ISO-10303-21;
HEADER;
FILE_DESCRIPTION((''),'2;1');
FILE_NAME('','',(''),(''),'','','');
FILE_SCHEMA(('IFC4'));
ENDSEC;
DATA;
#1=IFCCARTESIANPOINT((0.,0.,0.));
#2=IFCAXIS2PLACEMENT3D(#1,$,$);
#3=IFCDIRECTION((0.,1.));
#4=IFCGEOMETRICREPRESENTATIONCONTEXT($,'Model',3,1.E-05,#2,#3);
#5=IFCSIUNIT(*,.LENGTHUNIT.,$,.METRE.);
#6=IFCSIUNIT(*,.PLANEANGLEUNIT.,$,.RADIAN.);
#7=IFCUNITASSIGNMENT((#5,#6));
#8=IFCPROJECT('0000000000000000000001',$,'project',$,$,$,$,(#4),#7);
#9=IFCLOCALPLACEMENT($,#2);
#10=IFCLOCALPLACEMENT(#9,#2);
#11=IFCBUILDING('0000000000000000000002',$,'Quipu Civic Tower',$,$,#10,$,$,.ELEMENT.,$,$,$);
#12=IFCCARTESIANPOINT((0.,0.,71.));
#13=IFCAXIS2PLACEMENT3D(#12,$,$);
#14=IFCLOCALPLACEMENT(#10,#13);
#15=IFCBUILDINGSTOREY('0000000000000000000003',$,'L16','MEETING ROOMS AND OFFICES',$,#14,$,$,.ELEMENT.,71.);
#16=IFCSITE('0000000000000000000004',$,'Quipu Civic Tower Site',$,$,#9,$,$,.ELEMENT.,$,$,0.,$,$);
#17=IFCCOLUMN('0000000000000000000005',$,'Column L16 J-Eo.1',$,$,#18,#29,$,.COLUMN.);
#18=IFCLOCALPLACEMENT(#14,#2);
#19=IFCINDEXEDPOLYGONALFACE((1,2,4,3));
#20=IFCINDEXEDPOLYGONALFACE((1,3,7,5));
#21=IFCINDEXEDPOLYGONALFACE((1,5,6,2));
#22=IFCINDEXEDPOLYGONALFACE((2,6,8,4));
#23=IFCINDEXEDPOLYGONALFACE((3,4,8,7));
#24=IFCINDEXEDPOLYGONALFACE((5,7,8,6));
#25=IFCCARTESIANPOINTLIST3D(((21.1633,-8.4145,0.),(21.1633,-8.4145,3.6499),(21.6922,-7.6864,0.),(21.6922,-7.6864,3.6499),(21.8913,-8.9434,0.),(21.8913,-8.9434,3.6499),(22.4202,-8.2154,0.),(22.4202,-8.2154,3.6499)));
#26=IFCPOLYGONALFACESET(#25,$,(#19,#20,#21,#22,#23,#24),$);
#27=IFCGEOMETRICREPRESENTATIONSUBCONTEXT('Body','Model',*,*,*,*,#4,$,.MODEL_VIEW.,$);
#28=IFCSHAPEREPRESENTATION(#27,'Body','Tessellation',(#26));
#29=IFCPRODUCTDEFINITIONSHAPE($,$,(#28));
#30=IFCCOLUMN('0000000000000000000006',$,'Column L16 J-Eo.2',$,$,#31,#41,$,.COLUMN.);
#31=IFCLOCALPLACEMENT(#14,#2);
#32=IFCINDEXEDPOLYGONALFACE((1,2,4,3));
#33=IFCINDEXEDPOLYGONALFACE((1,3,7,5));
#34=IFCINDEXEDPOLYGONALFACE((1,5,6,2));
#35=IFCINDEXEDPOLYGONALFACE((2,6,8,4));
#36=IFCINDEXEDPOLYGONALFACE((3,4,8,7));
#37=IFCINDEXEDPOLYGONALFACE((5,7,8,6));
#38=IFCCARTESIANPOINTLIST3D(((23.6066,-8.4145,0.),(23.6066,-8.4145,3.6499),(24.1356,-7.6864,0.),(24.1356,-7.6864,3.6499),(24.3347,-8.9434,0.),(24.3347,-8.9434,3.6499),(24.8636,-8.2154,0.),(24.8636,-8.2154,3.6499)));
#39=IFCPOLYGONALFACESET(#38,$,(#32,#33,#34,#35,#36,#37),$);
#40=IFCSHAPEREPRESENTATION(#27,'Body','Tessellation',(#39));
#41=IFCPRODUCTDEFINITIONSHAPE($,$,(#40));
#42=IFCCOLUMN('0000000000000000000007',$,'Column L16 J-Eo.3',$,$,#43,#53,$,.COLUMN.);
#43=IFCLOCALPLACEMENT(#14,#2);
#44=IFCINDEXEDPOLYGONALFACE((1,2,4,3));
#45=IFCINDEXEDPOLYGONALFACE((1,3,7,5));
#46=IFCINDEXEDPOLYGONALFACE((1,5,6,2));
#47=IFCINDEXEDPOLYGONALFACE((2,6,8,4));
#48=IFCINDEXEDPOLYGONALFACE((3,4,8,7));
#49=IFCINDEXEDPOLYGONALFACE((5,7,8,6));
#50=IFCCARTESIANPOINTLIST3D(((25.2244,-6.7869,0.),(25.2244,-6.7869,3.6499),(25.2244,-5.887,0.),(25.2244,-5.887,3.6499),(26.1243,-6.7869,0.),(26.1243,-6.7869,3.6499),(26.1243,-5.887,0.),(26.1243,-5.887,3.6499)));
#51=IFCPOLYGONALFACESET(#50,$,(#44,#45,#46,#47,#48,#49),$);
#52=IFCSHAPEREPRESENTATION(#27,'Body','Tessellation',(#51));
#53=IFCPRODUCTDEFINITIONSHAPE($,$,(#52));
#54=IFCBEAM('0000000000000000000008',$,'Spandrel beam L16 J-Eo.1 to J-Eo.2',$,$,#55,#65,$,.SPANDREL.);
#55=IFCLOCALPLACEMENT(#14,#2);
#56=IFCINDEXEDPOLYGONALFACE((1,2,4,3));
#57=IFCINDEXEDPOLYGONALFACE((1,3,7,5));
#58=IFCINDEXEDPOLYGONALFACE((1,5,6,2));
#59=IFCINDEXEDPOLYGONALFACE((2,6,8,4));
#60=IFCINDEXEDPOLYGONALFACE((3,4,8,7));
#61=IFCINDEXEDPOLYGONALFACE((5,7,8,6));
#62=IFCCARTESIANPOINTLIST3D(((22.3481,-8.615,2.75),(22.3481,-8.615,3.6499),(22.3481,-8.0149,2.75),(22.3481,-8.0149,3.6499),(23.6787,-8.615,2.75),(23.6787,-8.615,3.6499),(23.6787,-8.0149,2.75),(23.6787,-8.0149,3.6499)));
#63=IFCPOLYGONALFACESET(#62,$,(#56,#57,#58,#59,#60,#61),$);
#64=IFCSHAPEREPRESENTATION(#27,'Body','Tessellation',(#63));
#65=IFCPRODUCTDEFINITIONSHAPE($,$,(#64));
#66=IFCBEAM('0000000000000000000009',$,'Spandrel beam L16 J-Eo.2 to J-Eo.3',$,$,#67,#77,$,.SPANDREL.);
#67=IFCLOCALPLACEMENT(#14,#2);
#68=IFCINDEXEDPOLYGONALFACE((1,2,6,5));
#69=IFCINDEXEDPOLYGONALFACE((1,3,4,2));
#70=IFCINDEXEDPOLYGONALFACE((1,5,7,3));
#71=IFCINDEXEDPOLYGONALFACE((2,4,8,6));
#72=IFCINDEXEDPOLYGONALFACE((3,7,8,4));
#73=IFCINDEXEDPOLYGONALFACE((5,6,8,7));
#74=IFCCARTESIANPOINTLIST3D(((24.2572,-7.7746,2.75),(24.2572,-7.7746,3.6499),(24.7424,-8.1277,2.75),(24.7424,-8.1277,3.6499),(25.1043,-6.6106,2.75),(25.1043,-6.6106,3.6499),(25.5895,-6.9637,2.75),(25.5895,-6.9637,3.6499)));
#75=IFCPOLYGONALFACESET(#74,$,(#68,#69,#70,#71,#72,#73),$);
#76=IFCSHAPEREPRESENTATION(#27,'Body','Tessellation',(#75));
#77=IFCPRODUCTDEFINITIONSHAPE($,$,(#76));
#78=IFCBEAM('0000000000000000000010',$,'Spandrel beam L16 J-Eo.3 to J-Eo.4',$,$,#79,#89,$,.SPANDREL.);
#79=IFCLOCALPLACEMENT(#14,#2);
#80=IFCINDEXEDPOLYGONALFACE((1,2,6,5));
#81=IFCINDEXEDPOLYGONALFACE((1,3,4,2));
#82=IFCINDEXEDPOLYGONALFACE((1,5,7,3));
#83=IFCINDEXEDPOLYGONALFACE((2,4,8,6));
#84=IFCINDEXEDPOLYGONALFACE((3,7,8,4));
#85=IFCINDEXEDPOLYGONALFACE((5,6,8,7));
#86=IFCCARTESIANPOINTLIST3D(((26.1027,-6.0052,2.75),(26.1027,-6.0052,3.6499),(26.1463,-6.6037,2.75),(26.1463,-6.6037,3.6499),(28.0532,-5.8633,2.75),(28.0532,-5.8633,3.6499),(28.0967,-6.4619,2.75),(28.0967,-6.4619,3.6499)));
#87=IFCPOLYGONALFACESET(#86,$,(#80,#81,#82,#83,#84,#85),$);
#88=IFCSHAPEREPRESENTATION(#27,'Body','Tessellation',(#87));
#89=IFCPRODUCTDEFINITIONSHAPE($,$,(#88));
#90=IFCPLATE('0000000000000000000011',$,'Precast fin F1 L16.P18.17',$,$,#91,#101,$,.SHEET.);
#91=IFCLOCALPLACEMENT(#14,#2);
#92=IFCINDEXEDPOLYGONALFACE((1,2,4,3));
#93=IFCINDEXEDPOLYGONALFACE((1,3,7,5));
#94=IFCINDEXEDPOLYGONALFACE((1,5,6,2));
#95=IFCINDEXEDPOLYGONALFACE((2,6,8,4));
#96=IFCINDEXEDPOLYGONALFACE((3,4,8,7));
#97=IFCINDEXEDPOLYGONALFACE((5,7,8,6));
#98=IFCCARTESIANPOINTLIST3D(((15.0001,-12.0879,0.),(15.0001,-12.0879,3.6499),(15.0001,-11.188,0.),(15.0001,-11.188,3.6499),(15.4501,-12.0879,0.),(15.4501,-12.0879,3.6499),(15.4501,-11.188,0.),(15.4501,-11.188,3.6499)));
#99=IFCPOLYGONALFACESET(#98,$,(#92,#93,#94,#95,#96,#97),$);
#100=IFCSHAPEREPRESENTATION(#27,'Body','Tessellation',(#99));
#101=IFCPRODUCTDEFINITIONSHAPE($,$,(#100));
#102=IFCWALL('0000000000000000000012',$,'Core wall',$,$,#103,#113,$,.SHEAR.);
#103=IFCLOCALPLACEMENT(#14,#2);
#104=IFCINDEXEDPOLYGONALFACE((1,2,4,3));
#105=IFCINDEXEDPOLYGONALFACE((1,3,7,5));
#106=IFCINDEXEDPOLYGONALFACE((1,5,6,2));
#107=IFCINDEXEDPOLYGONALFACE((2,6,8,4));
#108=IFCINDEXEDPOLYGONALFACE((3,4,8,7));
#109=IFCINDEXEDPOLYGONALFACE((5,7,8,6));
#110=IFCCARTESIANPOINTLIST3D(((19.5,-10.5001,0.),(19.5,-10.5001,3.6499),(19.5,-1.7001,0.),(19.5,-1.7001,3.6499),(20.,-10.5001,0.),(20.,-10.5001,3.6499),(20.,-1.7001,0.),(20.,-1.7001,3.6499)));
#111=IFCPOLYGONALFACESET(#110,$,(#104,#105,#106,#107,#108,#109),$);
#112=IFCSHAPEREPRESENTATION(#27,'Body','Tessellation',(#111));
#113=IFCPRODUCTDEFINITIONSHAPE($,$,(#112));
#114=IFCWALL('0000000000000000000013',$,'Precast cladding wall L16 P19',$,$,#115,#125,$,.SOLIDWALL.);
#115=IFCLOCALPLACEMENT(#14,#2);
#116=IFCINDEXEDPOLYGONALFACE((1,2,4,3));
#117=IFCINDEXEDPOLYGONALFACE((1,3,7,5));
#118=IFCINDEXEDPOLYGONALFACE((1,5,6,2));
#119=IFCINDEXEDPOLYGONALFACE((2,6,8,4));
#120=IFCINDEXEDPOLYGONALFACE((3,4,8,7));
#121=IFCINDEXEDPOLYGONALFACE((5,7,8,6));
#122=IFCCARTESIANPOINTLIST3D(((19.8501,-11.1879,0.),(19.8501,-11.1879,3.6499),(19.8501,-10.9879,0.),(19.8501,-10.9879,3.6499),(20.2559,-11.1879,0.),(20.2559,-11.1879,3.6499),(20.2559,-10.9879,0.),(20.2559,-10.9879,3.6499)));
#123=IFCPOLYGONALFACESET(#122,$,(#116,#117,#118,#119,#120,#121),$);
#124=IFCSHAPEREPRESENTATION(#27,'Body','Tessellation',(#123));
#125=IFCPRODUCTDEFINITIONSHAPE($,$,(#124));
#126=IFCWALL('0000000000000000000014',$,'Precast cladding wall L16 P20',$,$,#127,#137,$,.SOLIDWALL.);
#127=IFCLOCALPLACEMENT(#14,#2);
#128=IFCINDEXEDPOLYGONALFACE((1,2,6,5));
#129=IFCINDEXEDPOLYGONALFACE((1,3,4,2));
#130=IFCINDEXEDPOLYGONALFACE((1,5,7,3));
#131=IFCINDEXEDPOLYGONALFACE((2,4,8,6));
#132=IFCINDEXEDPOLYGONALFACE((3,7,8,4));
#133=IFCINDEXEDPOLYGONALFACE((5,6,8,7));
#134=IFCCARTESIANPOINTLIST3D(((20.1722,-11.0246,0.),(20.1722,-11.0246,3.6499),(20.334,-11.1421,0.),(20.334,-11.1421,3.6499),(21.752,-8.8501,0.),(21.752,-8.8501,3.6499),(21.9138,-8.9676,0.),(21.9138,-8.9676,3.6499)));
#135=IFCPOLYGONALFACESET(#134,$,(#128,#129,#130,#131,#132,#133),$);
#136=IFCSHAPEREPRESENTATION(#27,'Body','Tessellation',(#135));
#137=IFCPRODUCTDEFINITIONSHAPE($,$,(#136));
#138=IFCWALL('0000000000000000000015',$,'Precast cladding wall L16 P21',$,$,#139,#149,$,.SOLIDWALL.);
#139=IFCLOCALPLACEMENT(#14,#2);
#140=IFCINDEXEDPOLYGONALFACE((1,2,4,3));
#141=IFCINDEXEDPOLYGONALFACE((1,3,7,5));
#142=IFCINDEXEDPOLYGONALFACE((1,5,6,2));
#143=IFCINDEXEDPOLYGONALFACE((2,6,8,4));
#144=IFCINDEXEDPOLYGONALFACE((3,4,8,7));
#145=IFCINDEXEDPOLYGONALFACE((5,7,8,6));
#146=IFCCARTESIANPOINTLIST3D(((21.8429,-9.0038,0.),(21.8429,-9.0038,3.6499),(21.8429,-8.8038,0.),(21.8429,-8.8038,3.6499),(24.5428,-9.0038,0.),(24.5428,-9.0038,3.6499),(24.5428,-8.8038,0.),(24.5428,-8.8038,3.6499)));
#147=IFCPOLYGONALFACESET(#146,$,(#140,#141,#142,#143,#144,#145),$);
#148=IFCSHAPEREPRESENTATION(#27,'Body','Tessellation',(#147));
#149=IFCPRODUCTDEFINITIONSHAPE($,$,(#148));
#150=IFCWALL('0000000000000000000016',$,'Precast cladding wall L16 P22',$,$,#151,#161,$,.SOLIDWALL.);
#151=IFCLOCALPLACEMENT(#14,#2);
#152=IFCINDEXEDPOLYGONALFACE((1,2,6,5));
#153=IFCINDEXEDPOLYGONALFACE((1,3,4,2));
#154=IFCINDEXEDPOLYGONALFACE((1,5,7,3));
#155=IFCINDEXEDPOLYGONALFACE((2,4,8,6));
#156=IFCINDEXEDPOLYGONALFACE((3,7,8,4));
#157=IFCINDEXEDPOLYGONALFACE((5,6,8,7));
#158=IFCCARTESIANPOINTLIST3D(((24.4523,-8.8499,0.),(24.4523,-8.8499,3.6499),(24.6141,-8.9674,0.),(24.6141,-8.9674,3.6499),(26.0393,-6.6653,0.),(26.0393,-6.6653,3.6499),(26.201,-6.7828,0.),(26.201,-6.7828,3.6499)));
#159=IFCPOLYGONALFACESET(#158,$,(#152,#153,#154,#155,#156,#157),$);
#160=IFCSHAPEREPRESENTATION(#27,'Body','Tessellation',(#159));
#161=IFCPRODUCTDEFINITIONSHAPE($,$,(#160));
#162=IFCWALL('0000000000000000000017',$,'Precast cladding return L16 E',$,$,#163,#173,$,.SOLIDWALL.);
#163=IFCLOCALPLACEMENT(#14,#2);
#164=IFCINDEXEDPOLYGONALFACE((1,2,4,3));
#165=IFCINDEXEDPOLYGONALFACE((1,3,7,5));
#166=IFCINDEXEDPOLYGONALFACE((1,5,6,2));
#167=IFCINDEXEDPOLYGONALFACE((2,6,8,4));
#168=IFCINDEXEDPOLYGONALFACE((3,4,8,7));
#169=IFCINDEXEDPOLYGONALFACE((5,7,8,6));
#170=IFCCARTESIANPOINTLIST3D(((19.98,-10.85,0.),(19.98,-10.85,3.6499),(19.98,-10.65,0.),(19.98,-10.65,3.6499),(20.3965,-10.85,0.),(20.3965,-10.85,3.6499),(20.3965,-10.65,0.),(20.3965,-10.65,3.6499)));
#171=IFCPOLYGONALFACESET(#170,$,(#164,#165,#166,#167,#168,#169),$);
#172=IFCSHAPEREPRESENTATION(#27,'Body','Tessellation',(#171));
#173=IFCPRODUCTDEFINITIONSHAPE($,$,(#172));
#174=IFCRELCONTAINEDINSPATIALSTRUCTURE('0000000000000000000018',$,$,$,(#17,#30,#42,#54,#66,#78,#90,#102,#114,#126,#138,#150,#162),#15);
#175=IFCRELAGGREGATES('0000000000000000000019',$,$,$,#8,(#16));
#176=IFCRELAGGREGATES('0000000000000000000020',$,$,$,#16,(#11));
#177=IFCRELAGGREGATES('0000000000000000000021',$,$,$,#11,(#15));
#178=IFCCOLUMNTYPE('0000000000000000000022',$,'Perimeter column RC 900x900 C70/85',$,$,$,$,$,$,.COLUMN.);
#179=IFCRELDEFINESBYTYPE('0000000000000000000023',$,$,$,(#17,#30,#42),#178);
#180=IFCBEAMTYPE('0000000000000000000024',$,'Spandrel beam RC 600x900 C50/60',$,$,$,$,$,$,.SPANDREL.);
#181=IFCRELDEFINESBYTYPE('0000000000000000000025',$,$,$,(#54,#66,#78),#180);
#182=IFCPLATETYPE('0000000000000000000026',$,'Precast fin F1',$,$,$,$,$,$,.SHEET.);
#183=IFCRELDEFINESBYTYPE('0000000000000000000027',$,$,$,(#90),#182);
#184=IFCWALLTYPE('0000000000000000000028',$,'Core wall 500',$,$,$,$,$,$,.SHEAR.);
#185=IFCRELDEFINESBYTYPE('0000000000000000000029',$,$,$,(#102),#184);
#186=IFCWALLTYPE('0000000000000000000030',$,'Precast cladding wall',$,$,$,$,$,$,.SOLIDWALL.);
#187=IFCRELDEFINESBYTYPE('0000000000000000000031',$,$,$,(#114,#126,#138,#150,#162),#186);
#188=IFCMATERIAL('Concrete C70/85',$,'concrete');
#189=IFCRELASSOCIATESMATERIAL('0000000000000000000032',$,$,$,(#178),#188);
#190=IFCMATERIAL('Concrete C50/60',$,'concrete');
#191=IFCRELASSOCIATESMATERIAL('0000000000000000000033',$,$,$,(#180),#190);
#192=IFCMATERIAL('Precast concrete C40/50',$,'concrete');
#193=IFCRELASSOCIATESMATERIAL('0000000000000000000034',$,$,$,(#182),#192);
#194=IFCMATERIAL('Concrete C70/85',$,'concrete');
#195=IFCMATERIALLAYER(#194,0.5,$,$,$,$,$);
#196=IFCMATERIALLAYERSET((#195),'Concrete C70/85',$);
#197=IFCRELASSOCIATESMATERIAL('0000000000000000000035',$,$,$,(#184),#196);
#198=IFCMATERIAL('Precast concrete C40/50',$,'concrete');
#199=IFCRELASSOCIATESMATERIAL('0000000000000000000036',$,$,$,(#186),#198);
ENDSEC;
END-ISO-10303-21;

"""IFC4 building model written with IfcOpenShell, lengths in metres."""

from ifc_helpers import new_model, si_unit, direction, frame, frame_2d, origin, origin_2d, place, context, subcontext, project, spatial, rectangle, extrude, material, layer, layer_set, material_profile, profile_set, type_object, element, save


model = new_model("IFC4")

# Units and contexts
model_context = context("Model", 3, precision=1e-05, world=origin(), true_north=direction((0.0, 1.0)))
body_context = subcontext(model_context, "Body", "Model", "MODEL_VIEW")
ifc_project = project(units=[si_unit("LENGTHUNIT", "METRE"), si_unit("PLANEANGLEUNIT", "RADIAN")], contexts=[model_context])

# Site, building, storey
site_placement = place(None, origin())
site = spatial("IfcSite", under=ifc_project, at=site_placement, Name="Quipu Civic Tower Site", CompositionType="ELEMENT", RefElevation=0.0)
building_placement = place(site_placement, origin())
building = spatial("IfcBuilding", under=site, at=building_placement, Name="Quipu Civic Tower", CompositionType="ELEMENT")
storey_placement = place(building_placement, frame((0.0, 0.0, 71.0)))
storey = spatial("IfcBuildingStorey", under=building, at=storey_placement, Name="L16", Description="MEETING ROOMS AND OFFICES", CompositionType="ELEMENT", Elevation=71.0)

# Columns
ifc_material_1 = material(Name="Concrete C70/85", Category="concrete")
ifc_material_profile_1 = material_profile(ifc_material_1, rectangle(XDim=0.8999, YDim=0.8999, at=origin_2d()), Name="RC900x900")
ifc_profile_set_1 = profile_set([ifc_material_profile_1], Name="Concrete C70/85")
column_type = type_object("IfcColumnType", Name="Perimeter column RC 900x900 C70/85", PredefinedType="COLUMN", material=ifc_profile_set_1)
for number, where, z_axis, x_axis, name in (
    (1, (21.7917, -8.3149, 0.0), (0.0, 0.0, 1.0), (0.587785, 0.809017, 0.0), "Column L16 J-Eo.1"),
    (2, (24.2351, -8.3149, 0.0), (0.0, 0.0, 1.0), (0.587785, 0.809017, 0.0), "Column L16 J-Eo.2"),
    (3, (25.6743, -6.3369, 0.0), (0.0, 0.0, 1.0), (1.0, 0.0, 0.0), "Column L16 J-Eo.3"),
):
    element("IfcColumn", number, at=place(storey_placement, frame(where, z_axis=z_axis, x_axis=x_axis)), inside=storey, type_object=column_type, Name=name, PredefinedType="COLUMN", context=body_context, shape_type="SweptSolid", body=[
        extrude(rectangle(XDim=0.8999, YDim=0.8999, at=origin_2d()), origin(), (0.0, 0.0, 1.0), 3.6499),
    ])

# Beams
ifc_material_2 = material(Name="Concrete C50/60", Category="concrete")
ifc_material_profile_2 = material_profile(ifc_material_2, rectangle(XDim=0.6001, YDim=0.8999, at=origin_2d()), Name="RC600x900")
ifc_profile_set_2 = profile_set([ifc_material_profile_2], Name="Concrete C50/60")
beam_type = type_object("IfcBeamType", Name="Spandrel beam RC 600x900 C50/60", PredefinedType="SPANDREL", material=ifc_profile_set_2)
beam_1_placement = place(storey_placement, frame((22.3481, -8.3149, 3.2), z_axis=(1.0, 0.0, 0.0), x_axis=(0.0, 1.0, 0.0)))
element("IfcBeam", 4, at=beam_1_placement, inside=storey, type_object=beam_type, Name="Spandrel beam L16 J-Eo.1 to J-Eo.2", PredefinedType="SPANDREL", context=body_context, shape_type="SweptSolid", body=[
    extrude(rectangle(XDim=0.6001, YDim=0.8999, at=origin_2d()), origin(), (0.0, 0.0, 1.0), 1.3306),
])
beam_2_placement = place(storey_placement, frame((24.4998, -7.9512, 3.2), z_axis=(0.588434, 0.808545, 0.0), x_axis=(-0.808545, 0.588434, 0.0)))
element("IfcBeam", 5, at=beam_2_placement, inside=storey, type_object=beam_type, Name="Spandrel beam L16 J-Eo.2 to J-Eo.3", PredefinedType="SPANDREL", context=body_context, shape_type="SweptSolid", body=[
    extrude(rectangle(XDim=0.6001, YDim=0.8999, at=origin_2d()), origin(), (0.0, 0.0, 1.0), 1.4397),
])
beam_3_placement = place(storey_placement, frame((26.1245, -6.3044, 3.2), z_axis=(0.997366, 0.072533, 0.0), x_axis=(-0.072533, 0.997366, 0.0)))
element("IfcBeam", 6, at=beam_3_placement, inside=storey, type_object=beam_type, Name="Spandrel beam L16 J-Eo.3 to J-Eo.4", PredefinedType="SPANDREL", context=body_context, shape_type="SweptSolid", body=[
    extrude(rectangle(XDim=0.6001, YDim=0.8999, at=origin_2d()), origin(), (0.0, 0.0, 1.0), 1.9556),
])

# Plate
ifc_material_3 = material(Name="Precast concrete C40/50", Category="concrete")
plate_type = type_object("IfcPlateType", Name="Precast fin F1", PredefinedType="SHEET", material=ifc_material_3)
plate_placement = place(storey_placement, frame((15.2251, -11.6379, 0.0), z_axis=(0.0, 0.0, 1.0), x_axis=(1.0, 0.0, 0.0)))
element("IfcPlate", 7, at=plate_placement, inside=storey, type_object=plate_type, Name="Precast fin F1 L16.P18.17", PredefinedType="SHEET", context=body_context, shape_type="SweptSolid", body=[
    extrude(rectangle(XDim=0.45, YDim=0.8999, at=origin_2d()), origin(), (0.0, 0.0, 1.0), 3.6499),
])

# Walls
ifc_material_4 = material(Name="Concrete C70/85", Category="concrete")
ifc_layer = layer(ifc_material_4, 0.5)
ifc_layer_set = layer_set([ifc_layer], Name="Concrete C70/85")
wall_type_1 = type_object("IfcWallType", Name="Core wall 500", PredefinedType="SHEAR", material=ifc_layer_set)
wall_1_placement = place(storey_placement, frame((19.75, -10.5, 0.0), z_axis=(0.0, 0.0, 1.0), x_axis=(0.0, 1.0, 0.0)))
element("IfcWall", 8, at=wall_1_placement, inside=storey, type_object=wall_type_1, Name="Core wall", PredefinedType="SHEAR", context=body_context, shape_type="SweptSolid", body=[
    extrude(rectangle(XDim=8.8, YDim=0.5, at=frame_2d((4.3999, 0.0))), origin(), (0.0, 0.0, 1.0), 3.6499),
])
ifc_material_5 = material(Name="Precast concrete C40/50", Category="concrete")
wall_type_2 = type_object("IfcWallType", Name="Precast cladding wall", PredefinedType="SOLIDWALL", material=ifc_material_5)
wall_2_placement = place(storey_placement, frame((19.8501, -11.0879, 0.0), z_axis=(0.0, 0.0, 1.0), x_axis=(1.0, 0.0, 0.0)))
element("IfcWall", 9, at=wall_2_placement, inside=storey, type_object=wall_type_2, Name="Precast cladding wall L16 P19", PredefinedType="SOLIDWALL", context=body_context, shape_type="SweptSolid", body=[
    extrude(rectangle(XDim=0.4058, YDim=0.2, at=frame_2d((0.2029, 0.0))), origin(), (0.0, 0.0, 1.0), 3.6499),
])
wall_3_placement = place(storey_placement, frame((20.2532, -11.0833, 0.0), z_axis=(0.0, 0.0, 1.0), x_axis=(0.587767, 0.809031, 0.0)))
element("IfcWall", 10, at=wall_3_placement, inside=storey, type_object=wall_type_2, Name="Precast cladding wall L16 P20", PredefinedType="SOLIDWALL", context=body_context, shape_type="SweptSolid", body=[
    extrude(rectangle(XDim=2.6877, YDim=0.2, at=frame_2d((1.3438, 0.0))), origin(), (0.0, 0.0, 1.0), 3.6499),
])
wall_4_placement = place(storey_placement, frame((21.8428, -8.9038, 0.0), z_axis=(0.0, 0.0, 1.0), x_axis=(1.0, 0.0, 0.0)))
element("IfcWall", 11, at=wall_4_placement, inside=storey, type_object=wall_type_2, Name="Precast cladding wall L16 P21", PredefinedType="SOLIDWALL", context=body_context, shape_type="SweptSolid", body=[
    extrude(rectangle(XDim=2.7, YDim=0.2, at=frame_2d((1.3501, 0.0))), origin(), (0.0, 0.0, 1.0), 3.6499),
])
wall_5_placement = place(storey_placement, frame((24.5332, -8.9087, 0.0), z_axis=(0.0, 0.0, 1.0), x_axis=(0.58772, 0.809064, 0.0)))
element("IfcWall", 12, at=wall_5_placement, inside=storey, type_object=wall_type_2, Name="Precast cladding wall L16 P22", PredefinedType="SOLIDWALL", context=body_context, shape_type="SweptSolid", body=[
    extrude(rectangle(XDim=2.7002, YDim=0.2, at=frame_2d((1.3501, 0.0))), origin(), (0.0, 0.0, 1.0), 3.6499),
])
wall_6_placement = place(storey_placement, frame((19.98, -10.75, 0.0), z_axis=(0.0, 0.0, 1.0), x_axis=(1.0, 0.0, 0.0)))
element("IfcWall", 13, at=wall_6_placement, inside=storey, type_object=wall_type_2, Name="Precast cladding return L16 E", PredefinedType="SOLIDWALL", context=body_context, shape_type="SweptSolid", body=[
    extrude(rectangle(XDim=0.4165, YDim=0.2, at=frame_2d((0.2083, 0.0))), origin(), (0.0, 0.0, 1.0), 3.6499),
])

save(model, "model.ifc")
